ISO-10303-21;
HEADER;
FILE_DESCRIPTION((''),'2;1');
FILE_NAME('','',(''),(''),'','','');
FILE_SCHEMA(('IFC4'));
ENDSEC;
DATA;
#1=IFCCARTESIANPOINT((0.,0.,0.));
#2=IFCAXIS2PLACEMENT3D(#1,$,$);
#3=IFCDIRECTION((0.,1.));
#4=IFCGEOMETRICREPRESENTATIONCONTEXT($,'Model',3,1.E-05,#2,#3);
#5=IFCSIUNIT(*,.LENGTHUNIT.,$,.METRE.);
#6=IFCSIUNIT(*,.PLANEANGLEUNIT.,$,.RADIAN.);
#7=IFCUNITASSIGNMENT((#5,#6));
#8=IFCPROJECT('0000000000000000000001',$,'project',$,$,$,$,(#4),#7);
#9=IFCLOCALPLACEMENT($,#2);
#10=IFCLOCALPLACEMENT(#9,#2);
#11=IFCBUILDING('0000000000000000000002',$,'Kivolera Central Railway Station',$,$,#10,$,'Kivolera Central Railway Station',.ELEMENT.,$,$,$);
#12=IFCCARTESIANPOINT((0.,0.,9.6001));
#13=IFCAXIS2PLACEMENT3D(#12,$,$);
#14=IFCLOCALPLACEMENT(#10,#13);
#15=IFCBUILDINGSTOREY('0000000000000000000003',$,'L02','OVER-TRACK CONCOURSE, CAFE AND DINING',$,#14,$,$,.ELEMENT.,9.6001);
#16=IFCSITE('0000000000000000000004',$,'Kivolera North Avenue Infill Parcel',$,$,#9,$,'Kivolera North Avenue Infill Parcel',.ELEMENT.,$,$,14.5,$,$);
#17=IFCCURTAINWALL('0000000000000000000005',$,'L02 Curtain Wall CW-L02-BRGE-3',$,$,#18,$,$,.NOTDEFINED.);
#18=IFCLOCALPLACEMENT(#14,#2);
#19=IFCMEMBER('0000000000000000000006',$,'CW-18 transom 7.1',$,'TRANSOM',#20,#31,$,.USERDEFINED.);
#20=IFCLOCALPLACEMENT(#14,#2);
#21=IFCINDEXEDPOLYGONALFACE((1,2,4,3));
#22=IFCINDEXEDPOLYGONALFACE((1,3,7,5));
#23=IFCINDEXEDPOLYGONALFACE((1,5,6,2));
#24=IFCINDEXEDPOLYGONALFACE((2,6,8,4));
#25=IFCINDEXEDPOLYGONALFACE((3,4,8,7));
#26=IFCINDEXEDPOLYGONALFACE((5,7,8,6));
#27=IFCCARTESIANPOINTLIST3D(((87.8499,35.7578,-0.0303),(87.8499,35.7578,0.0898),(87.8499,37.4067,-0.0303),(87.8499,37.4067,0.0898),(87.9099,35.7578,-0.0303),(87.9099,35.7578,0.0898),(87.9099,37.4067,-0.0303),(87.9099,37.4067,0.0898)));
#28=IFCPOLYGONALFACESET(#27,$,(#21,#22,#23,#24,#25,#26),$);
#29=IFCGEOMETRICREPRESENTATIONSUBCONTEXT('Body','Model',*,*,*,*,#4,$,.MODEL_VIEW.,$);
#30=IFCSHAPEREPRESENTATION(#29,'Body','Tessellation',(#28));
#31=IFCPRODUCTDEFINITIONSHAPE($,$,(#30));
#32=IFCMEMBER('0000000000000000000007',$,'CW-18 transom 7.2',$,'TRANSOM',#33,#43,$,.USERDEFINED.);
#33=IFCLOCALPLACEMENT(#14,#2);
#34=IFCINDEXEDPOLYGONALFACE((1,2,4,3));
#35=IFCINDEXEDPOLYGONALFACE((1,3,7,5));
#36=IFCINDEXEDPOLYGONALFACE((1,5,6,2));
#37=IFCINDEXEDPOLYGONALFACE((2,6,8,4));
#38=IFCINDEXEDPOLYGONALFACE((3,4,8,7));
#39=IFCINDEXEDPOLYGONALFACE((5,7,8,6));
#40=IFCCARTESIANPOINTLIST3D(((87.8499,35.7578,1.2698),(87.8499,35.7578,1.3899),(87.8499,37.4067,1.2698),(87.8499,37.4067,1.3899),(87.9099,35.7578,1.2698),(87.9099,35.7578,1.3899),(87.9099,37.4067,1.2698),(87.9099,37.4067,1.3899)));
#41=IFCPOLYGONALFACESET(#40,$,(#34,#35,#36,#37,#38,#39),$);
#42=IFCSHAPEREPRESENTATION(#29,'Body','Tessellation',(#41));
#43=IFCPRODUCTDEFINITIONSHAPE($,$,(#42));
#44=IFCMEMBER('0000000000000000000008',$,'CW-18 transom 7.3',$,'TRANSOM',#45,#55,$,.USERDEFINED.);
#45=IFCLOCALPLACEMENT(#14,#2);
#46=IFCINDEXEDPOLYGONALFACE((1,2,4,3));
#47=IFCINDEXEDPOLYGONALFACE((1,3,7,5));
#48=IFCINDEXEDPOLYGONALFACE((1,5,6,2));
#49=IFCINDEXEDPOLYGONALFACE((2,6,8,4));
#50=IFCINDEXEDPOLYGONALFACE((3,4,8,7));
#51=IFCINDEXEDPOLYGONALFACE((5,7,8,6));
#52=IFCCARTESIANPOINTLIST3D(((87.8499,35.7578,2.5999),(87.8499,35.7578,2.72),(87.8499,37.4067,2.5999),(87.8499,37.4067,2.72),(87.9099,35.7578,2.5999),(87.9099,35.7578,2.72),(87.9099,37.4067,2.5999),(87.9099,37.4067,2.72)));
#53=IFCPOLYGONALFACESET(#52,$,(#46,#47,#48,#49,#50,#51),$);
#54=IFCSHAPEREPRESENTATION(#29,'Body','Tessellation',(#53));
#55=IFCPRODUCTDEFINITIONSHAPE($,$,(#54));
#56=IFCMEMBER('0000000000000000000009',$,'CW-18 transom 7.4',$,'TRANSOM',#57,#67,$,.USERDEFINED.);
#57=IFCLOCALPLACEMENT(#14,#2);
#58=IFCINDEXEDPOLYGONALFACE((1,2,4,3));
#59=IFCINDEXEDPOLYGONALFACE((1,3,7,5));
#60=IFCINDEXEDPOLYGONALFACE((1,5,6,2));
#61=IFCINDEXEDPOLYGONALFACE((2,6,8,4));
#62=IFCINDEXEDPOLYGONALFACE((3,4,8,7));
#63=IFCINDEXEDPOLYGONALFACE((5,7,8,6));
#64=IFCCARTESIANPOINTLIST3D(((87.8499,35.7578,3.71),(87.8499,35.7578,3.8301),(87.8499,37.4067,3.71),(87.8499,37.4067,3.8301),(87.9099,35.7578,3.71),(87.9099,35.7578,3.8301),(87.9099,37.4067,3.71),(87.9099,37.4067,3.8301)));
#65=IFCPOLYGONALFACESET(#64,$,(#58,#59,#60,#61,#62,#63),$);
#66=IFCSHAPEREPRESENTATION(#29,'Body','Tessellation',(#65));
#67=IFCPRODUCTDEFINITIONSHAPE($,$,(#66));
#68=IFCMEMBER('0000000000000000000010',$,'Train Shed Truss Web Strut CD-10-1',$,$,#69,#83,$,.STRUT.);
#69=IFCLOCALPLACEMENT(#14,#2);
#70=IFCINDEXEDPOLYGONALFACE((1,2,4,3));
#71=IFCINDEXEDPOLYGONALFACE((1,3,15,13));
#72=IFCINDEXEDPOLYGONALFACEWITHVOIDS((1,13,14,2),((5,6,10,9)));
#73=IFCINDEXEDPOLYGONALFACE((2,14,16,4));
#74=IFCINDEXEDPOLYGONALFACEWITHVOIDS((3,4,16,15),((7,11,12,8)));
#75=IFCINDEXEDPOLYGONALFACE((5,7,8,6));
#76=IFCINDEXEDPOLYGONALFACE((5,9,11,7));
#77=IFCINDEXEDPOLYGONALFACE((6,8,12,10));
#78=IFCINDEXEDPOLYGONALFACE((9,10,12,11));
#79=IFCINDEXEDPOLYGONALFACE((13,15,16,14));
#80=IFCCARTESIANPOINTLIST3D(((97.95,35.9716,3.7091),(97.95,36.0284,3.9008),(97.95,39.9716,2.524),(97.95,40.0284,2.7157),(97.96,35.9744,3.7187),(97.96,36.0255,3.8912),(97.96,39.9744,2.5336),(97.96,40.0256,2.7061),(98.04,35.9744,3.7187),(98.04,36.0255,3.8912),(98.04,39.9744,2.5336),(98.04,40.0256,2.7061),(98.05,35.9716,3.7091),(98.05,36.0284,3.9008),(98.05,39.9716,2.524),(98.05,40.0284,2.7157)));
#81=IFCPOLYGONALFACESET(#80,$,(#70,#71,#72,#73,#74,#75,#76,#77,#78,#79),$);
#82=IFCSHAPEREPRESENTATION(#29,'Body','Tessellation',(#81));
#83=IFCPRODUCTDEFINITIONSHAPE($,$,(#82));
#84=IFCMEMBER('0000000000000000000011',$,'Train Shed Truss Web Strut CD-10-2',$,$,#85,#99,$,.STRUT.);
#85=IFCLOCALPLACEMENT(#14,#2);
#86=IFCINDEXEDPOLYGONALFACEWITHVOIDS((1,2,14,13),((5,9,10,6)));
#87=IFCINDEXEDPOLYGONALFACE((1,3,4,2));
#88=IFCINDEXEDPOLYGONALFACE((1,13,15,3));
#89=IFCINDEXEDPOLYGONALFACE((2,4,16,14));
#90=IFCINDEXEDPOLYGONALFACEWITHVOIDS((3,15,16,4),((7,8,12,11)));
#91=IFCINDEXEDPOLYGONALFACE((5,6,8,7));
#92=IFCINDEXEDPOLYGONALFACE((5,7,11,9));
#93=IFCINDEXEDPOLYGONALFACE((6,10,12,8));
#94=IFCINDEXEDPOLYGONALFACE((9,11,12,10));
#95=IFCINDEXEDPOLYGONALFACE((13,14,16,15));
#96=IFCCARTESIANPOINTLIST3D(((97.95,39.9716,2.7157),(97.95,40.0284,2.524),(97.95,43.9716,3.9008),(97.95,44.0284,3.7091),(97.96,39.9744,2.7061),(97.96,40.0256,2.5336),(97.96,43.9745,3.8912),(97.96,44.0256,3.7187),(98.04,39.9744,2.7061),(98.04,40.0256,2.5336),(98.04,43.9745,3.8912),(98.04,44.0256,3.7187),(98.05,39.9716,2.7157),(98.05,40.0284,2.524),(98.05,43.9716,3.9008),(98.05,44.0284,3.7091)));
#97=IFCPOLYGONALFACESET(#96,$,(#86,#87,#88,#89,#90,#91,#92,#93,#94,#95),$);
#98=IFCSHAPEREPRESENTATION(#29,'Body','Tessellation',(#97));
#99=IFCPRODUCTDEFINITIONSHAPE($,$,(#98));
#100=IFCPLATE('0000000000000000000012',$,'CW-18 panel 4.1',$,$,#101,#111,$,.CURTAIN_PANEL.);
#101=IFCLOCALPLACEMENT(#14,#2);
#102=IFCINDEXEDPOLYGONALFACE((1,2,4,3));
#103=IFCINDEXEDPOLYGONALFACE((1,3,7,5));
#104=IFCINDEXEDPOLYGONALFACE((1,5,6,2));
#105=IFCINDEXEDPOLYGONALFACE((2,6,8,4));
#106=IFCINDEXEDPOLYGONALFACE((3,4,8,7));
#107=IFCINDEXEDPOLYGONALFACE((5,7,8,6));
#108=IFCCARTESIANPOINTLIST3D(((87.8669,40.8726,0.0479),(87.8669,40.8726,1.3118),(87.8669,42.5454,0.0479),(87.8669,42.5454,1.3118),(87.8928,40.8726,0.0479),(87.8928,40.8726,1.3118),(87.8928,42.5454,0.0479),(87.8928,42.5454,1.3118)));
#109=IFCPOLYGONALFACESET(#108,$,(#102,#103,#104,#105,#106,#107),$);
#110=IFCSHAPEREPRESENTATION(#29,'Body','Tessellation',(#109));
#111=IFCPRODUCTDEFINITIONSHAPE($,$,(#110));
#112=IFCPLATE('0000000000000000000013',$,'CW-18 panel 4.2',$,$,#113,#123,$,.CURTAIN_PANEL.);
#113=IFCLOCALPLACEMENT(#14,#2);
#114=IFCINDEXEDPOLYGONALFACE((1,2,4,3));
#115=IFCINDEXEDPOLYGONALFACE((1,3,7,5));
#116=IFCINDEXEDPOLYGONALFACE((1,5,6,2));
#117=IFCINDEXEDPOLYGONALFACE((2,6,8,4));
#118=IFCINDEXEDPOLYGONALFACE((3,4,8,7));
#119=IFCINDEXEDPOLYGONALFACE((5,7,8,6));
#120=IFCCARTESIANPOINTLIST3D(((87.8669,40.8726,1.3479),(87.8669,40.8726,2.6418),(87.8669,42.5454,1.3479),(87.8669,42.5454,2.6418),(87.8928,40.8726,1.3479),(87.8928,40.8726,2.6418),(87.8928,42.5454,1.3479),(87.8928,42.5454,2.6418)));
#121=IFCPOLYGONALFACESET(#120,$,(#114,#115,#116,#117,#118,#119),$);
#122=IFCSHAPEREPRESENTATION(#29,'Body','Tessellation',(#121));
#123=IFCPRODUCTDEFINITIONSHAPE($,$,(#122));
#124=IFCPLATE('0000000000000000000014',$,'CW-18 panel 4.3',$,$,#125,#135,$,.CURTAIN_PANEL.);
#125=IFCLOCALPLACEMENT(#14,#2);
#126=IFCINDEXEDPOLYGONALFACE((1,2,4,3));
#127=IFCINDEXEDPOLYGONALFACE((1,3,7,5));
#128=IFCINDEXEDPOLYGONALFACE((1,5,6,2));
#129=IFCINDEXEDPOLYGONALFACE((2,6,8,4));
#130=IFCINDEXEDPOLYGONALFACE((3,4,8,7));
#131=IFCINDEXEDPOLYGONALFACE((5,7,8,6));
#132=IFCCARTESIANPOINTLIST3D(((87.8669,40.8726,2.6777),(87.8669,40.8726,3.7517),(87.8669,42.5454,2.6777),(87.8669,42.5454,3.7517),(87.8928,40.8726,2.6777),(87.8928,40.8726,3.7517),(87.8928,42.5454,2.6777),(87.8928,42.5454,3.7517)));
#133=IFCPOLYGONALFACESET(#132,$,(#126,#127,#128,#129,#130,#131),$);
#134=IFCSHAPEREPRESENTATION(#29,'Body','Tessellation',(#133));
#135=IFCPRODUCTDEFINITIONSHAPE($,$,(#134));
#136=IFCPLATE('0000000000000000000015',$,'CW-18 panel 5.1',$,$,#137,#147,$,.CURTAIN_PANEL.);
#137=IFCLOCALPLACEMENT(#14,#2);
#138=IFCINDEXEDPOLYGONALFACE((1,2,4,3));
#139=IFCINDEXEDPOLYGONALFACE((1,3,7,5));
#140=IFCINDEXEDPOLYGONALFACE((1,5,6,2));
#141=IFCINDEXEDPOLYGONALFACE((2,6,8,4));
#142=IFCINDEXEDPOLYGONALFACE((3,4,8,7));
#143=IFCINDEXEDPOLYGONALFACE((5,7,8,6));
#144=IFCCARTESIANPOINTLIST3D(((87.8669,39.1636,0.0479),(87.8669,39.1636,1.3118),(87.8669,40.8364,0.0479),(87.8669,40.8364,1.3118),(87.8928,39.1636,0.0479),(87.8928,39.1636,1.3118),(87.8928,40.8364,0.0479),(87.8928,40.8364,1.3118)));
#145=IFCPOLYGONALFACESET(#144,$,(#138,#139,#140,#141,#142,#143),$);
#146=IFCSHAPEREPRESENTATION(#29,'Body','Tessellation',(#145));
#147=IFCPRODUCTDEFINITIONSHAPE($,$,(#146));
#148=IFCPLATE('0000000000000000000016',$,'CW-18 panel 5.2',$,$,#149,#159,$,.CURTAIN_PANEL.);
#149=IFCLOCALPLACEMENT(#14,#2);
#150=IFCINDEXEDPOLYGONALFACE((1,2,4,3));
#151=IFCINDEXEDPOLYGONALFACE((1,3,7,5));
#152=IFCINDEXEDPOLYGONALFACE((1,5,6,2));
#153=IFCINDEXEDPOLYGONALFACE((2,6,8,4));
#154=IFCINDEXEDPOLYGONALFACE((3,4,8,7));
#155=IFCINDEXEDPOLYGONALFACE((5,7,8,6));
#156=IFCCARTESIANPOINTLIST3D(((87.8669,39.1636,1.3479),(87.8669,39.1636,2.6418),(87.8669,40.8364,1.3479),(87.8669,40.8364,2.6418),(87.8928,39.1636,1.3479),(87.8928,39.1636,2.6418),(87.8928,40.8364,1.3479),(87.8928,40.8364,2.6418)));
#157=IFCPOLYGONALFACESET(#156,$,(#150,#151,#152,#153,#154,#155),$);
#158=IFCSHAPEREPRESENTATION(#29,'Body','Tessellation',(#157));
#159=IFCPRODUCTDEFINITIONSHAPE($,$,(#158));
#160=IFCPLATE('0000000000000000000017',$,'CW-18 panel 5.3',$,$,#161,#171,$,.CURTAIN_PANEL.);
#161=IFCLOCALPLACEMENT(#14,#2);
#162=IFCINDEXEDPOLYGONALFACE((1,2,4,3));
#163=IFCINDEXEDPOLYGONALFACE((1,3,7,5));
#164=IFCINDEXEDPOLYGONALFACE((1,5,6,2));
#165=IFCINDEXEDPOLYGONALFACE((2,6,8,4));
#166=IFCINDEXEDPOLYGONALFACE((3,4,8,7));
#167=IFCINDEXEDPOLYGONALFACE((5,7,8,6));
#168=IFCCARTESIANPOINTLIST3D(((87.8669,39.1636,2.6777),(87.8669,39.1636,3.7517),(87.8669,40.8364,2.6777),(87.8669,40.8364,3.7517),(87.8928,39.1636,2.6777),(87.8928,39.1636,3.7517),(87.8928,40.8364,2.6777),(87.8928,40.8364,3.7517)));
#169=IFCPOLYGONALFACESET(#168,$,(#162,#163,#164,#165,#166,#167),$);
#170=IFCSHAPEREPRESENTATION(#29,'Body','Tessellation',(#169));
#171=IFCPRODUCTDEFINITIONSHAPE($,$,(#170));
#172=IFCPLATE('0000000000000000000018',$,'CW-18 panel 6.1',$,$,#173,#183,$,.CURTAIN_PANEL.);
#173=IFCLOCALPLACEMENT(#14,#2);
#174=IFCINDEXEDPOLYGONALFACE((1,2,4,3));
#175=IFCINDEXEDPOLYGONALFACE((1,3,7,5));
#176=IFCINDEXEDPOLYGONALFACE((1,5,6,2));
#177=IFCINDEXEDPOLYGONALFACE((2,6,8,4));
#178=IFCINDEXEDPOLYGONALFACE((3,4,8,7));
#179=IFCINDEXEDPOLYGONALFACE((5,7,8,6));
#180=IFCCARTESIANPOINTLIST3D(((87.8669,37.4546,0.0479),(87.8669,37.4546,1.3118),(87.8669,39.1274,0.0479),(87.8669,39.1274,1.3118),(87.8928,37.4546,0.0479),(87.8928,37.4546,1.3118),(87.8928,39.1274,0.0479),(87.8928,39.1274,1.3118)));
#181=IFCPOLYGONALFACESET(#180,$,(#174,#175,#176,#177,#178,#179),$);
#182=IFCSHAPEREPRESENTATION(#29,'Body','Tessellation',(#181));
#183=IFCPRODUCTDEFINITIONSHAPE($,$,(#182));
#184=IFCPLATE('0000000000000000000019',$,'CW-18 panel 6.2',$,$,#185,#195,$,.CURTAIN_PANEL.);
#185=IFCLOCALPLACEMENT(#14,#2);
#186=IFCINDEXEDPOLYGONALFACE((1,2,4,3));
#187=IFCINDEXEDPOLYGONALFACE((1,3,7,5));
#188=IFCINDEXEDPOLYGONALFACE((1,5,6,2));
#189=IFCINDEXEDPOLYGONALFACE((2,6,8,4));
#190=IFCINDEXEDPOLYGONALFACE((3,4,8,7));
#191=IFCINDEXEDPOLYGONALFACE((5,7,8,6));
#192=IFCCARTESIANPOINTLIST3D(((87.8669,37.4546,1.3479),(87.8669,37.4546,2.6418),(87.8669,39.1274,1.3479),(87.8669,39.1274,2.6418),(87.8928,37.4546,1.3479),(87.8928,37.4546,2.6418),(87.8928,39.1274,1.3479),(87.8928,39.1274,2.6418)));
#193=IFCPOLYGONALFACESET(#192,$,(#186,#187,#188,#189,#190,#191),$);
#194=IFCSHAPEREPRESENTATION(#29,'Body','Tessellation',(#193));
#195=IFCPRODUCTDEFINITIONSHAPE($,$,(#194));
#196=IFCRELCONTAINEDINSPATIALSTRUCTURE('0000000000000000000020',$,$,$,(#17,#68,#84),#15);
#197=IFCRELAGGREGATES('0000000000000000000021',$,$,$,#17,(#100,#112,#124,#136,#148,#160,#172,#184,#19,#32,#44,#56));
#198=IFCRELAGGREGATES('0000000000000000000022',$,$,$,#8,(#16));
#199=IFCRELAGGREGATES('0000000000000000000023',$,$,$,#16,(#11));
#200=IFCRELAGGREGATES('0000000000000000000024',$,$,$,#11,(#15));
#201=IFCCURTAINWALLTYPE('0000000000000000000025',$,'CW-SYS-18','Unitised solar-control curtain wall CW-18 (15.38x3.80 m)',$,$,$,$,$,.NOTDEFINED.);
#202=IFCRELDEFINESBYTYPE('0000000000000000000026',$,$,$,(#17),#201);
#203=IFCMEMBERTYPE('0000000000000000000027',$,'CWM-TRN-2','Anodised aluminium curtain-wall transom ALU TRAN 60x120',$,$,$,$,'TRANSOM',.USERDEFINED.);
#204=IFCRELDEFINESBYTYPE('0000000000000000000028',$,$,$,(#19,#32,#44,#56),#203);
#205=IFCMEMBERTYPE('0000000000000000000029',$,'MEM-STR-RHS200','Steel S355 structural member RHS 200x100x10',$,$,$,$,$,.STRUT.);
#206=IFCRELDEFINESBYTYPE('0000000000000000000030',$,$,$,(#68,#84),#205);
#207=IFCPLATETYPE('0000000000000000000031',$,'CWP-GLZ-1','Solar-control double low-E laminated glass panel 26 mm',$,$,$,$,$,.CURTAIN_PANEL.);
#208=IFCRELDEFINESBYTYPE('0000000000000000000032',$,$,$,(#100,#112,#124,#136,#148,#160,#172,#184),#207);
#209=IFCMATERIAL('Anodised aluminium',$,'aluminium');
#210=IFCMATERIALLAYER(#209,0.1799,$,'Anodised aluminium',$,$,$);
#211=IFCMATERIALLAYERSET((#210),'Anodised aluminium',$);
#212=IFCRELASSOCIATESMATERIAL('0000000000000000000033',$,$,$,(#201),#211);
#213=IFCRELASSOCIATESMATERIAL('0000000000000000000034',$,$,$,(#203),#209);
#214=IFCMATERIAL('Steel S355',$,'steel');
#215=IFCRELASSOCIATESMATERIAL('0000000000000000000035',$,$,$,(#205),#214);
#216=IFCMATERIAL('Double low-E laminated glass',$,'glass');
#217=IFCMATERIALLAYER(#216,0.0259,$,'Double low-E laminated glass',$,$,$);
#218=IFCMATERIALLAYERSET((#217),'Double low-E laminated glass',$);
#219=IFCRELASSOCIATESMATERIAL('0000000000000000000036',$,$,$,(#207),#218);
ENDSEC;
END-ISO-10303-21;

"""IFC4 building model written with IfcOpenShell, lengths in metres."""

from ifc_helpers import new_model, si_unit, direction, frame, origin, origin_2d, place, context, subcontext, project, spatial, rectangle, hollow_rectangle, extrude, material, layer, layer_set, material_profile, profile_set, type_object, element, aggregate, save


model = new_model("IFC4")

# Units and contexts
model_context = context("Model", 3, precision=1e-05, world=origin(), true_north=direction((0.0, 1.0)))
body_context = subcontext(model_context, "Body", "Model", "MODEL_VIEW")
ifc_project = project(units=[si_unit("LENGTHUNIT", "METRE"), si_unit("PLANEANGLEUNIT", "RADIAN")], contexts=[model_context])

# Site, building, storey
site_placement = place(None, origin())
site = spatial("IfcSite", under=ifc_project, at=site_placement, Name="Kivolera North Avenue Infill Parcel", LongName="Kivolera North Avenue Infill Parcel", CompositionType="ELEMENT", RefElevation=14.5)
building_placement = place(site_placement, origin())
building = spatial("IfcBuilding", under=site, at=building_placement, Name="Kivolera Central Railway Station", LongName="Kivolera Central Railway Station", CompositionType="ELEMENT")
storey_placement = place(building_placement, frame((0.0, 0.0, 9.6001)))
storey = spatial("IfcBuildingStorey", under=building, at=storey_placement, Name="L02", Description="OVER-TRACK CONCOURSE, CAFE AND DINING", CompositionType="ELEMENT", Elevation=9.6001)

# Shared definitions
ifc_material_1 = material(Name="Steel S355", Category="steel")

# Curtain wall, members
ifc_material_2 = material(Name="Anodised aluminium", Category="aluminium")
ifc_layer_1 = layer(ifc_material_2, 0.1799, Name="Anodised aluminium")
ifc_layer_set_1 = layer_set([ifc_layer_1], Name="Anodised aluminium")
curtain_wall_type = type_object("IfcCurtainWallType", Name="CW-SYS-18", Description="Unitised solar-control curtain wall CW-18 (15.38x3.80 m)", PredefinedType="NOTDEFINED", material=ifc_layer_set_1)
curtain_wall_placement = place(storey_placement, origin())
curtain_wall = element("IfcCurtainWall", 1, at=curtain_wall_placement, inside=storey, type_object=curtain_wall_type, Name="L02 Curtain Wall CW-L02-BRGE-3", PredefinedType="NOTDEFINED")
ifc_material_profile_1 = material_profile(ifc_material_2, rectangle(XDim=0.0601, YDim=0.1201, at=origin_2d()), Name="ALU TRAN 60x120")
ifc_profile_set_1 = profile_set([ifc_material_profile_1], Name="Anodised aluminium")
member_type_1 = type_object("IfcMemberType", Name="CWM-TRN-2", Description="Anodised aluminium curtain-wall transom ALU TRAN 60x120", ElementType="TRANSOM", PredefinedType="USERDEFINED", material=ifc_profile_set_1)
member_1_placement = place(storey_placement, frame((87.8799, 37.4067, 0.0298), z_axis=(0.0, -1.0, 0.0), x_axis=(1.0, 0.0, 0.0)))
member_1 = element("IfcMember", 2, at=member_1_placement, type_object=member_type_1, Name="CW-18 transom 7.1", ObjectType="TRANSOM", PredefinedType="USERDEFINED", context=body_context, shape_type="SweptSolid", body=[
    extrude(rectangle(XDim=0.0601, YDim=0.1201, at=origin_2d()), origin(), (0.0, 0.0, 1.0), 1.6489),
])
member_2_placement = place(storey_placement, frame((87.8799, 37.4067, 1.3298), z_axis=(0.0, -1.0, 0.0), x_axis=(1.0, 0.0, 0.0)))
member_2 = element("IfcMember", 3, at=member_2_placement, type_object=member_type_1, Name="CW-18 transom 7.2", ObjectType="TRANSOM", PredefinedType="USERDEFINED", context=body_context, shape_type="SweptSolid", body=[
    extrude(rectangle(XDim=0.0601, YDim=0.1201, at=origin_2d()), origin(), (0.0, 0.0, 1.0), 1.6489),
])
member_3_placement = place(storey_placement, frame((87.8799, 37.4067, 2.6599), z_axis=(0.0, -1.0, 0.0), x_axis=(1.0, 0.0, 0.0)))
member_3 = element("IfcMember", 4, at=member_3_placement, type_object=member_type_1, Name="CW-18 transom 7.3", ObjectType="TRANSOM", PredefinedType="USERDEFINED", context=body_context, shape_type="SweptSolid", body=[
    extrude(rectangle(XDim=0.0601, YDim=0.1201, at=origin_2d()), origin(), (0.0, 0.0, 1.0), 1.6489),
])
member_4_placement = place(storey_placement, frame((87.8799, 37.4067, 3.77), z_axis=(0.0, -1.0, 0.0), x_axis=(1.0, 0.0, 0.0)))
member_4 = element("IfcMember", 5, at=member_4_placement, type_object=member_type_1, Name="CW-18 transom 7.4", ObjectType="TRANSOM", PredefinedType="USERDEFINED", context=body_context, shape_type="SweptSolid", body=[
    extrude(rectangle(XDim=0.0601, YDim=0.1201, at=origin_2d()), origin(), (0.0, 0.0, 1.0), 1.6489),
])

# Members
ifc_material_profile_2 = material_profile(ifc_material_1, hollow_rectangle(XDim=0.1001, YDim=0.2, WallThickness=0.01, at=origin_2d()), Name="RHS 200x100x10")
ifc_profile_set_2 = profile_set([ifc_material_profile_2], Name="Steel S355")
member_type_2 = type_object("IfcMemberType", Name="MEM-STR-RHS200", Description="Steel S355 structural member RHS 200x100x10", PredefinedType="STRUT", material=ifc_profile_set_2)
for number, where, z_axis, x_axis, name in (
    (6, (98.0, 40.0, 2.6199), (0.0, -0.958806, 0.28406), (1.0, 0.0, 0.0), "Train Shed Truss Web Strut CD-10-1"),
    (7, (98.0, 40.0, 2.6199), (0.0, 0.958806, 0.28406), (-1.0, 0.0, 0.0), "Train Shed Truss Web Strut CD-10-2"),
):
    element("IfcMember", number, at=place(storey_placement, frame(where, z_axis=z_axis, x_axis=x_axis)), inside=storey, type_object=member_type_2, Name=name, PredefinedType="STRUT", context=body_context, shape_type="SweptSolid", body=[
        extrude(hollow_rectangle(XDim=0.1001, YDim=0.2, WallThickness=0.01, at=origin_2d()), origin(), (0.0, 0.0, 1.0), 4.1719),
    ])

# Plates
ifc_material_3 = material(Name="Double low-E laminated glass", Category="glass")
ifc_layer_2 = layer(ifc_material_3, 0.0259, Name="Double low-E laminated glass")
ifc_layer_set_2 = layer_set([ifc_layer_2], Name="Double low-E laminated glass")
plate_type_1 = type_object("IfcPlateType", Name="CWP-GLZ-1", Description="Solar-control double low-E laminated glass panel 26 mm", PredefinedType="CURTAIN_PANEL", material=ifc_layer_set_2)
plate_1_placement = place(storey_placement, frame((87.8799, 41.709, 0.0479), z_axis=(0.0, 0.0, 1.0), x_axis=(0.0, -1.0, 0.0)))
plate_1 = element("IfcPlate", 8, at=plate_1_placement, type_object=plate_type_1, Name="CW-18 panel 4.1", PredefinedType="CURTAIN_PANEL", context=body_context, shape_type="SweptSolid", body=[
    extrude(rectangle(XDim=1.6729, YDim=0.0259, at=origin_2d()), origin(), (0.0, 0.0, 1.0), 1.2639),
])
plate_2_placement = place(storey_placement, frame((87.8799, 41.709, 1.3479), z_axis=(0.0, 0.0, 1.0), x_axis=(0.0, -1.0, 0.0)))
plate_2 = element("IfcPlate", 9, at=plate_2_placement, type_object=plate_type_1, Name="CW-18 panel 4.2", PredefinedType="CURTAIN_PANEL", context=body_context, shape_type="SweptSolid", body=[
    extrude(rectangle(XDim=1.6729, YDim=0.0259, at=origin_2d()), origin(), (0.0, 0.0, 1.0), 1.2939),
])
plate_3_placement = place(storey_placement, frame((87.8799, 41.709, 2.6777), z_axis=(0.0, 0.0, 1.0), x_axis=(0.0, -1.0, 0.0)))
plate_3 = element("IfcPlate", 10, at=plate_3_placement, type_object=plate_type_1, Name="CW-18 panel 4.3", PredefinedType="CURTAIN_PANEL", context=body_context, shape_type="SweptSolid", body=[
    extrude(rectangle(XDim=1.6729, YDim=0.0259, at=origin_2d()), origin(), (0.0, 0.0, 1.0), 1.074),
])
plate_4_placement = place(storey_placement, frame((87.8799, 40.0, 0.0479), z_axis=(0.0, 0.0, 1.0), x_axis=(0.0, -1.0, 0.0)))
plate_4 = element("IfcPlate", 11, at=plate_4_placement, type_object=plate_type_1, Name="CW-18 panel 5.1", PredefinedType="CURTAIN_PANEL", context=body_context, shape_type="SweptSolid", body=[
    extrude(rectangle(XDim=1.6729, YDim=0.0259, at=origin_2d()), origin(), (0.0, 0.0, 1.0), 1.2639),
])
plate_5_placement = place(storey_placement, frame((87.8799, 40.0, 1.3479), z_axis=(0.0, 0.0, 1.0), x_axis=(0.0, -1.0, 0.0)))
plate_5 = element("IfcPlate", 12, at=plate_5_placement, type_object=plate_type_1, Name="CW-18 panel 5.2", PredefinedType="CURTAIN_PANEL", context=body_context, shape_type="SweptSolid", body=[
    extrude(rectangle(XDim=1.6729, YDim=0.0259, at=origin_2d()), origin(), (0.0, 0.0, 1.0), 1.2939),
])
plate_6_placement = place(storey_placement, frame((87.8799, 40.0, 2.6777), z_axis=(0.0, 0.0, 1.0), x_axis=(0.0, -1.0, 0.0)))
plate_6 = element("IfcPlate", 13, at=plate_6_placement, type_object=plate_type_1, Name="CW-18 panel 5.3", PredefinedType="CURTAIN_PANEL", context=body_context, shape_type="SweptSolid", body=[
    extrude(rectangle(XDim=1.6729, YDim=0.0259, at=origin_2d()), origin(), (0.0, 0.0, 1.0), 1.074),
])
plate_7_placement = place(storey_placement, frame((87.8799, 38.291, 0.0479), z_axis=(0.0, 0.0, 1.0), x_axis=(0.0, -1.0, 0.0)))
plate_7 = element("IfcPlate", 14, at=plate_7_placement, type_object=plate_type_1, Name="CW-18 panel 6.1", PredefinedType="CURTAIN_PANEL", context=body_context, shape_type="SweptSolid", body=[
    extrude(rectangle(XDim=1.6729, YDim=0.0259, at=origin_2d()), origin(), (0.0, 0.0, 1.0), 1.2639),
])
plate_8_placement = place(storey_placement, frame((87.8799, 38.291, 1.3479), z_axis=(0.0, 0.0, 1.0), x_axis=(0.0, -1.0, 0.0)))
plate_8 = element("IfcPlate", 15, at=plate_8_placement, type_object=plate_type_1, Name="CW-18 panel 6.2", PredefinedType="CURTAIN_PANEL", context=body_context, shape_type="SweptSolid", body=[
    extrude(rectangle(XDim=1.6729, YDim=0.0259, at=origin_2d()), origin(), (0.0, 0.0, 1.0), 1.2939),
])
aggregate(curtain_wall, [plate_1, plate_2, plate_3, plate_4, plate_5, plate_6, plate_7, plate_8, member_1, member_2, member_3, member_4])

save(model, "model.ifc")
